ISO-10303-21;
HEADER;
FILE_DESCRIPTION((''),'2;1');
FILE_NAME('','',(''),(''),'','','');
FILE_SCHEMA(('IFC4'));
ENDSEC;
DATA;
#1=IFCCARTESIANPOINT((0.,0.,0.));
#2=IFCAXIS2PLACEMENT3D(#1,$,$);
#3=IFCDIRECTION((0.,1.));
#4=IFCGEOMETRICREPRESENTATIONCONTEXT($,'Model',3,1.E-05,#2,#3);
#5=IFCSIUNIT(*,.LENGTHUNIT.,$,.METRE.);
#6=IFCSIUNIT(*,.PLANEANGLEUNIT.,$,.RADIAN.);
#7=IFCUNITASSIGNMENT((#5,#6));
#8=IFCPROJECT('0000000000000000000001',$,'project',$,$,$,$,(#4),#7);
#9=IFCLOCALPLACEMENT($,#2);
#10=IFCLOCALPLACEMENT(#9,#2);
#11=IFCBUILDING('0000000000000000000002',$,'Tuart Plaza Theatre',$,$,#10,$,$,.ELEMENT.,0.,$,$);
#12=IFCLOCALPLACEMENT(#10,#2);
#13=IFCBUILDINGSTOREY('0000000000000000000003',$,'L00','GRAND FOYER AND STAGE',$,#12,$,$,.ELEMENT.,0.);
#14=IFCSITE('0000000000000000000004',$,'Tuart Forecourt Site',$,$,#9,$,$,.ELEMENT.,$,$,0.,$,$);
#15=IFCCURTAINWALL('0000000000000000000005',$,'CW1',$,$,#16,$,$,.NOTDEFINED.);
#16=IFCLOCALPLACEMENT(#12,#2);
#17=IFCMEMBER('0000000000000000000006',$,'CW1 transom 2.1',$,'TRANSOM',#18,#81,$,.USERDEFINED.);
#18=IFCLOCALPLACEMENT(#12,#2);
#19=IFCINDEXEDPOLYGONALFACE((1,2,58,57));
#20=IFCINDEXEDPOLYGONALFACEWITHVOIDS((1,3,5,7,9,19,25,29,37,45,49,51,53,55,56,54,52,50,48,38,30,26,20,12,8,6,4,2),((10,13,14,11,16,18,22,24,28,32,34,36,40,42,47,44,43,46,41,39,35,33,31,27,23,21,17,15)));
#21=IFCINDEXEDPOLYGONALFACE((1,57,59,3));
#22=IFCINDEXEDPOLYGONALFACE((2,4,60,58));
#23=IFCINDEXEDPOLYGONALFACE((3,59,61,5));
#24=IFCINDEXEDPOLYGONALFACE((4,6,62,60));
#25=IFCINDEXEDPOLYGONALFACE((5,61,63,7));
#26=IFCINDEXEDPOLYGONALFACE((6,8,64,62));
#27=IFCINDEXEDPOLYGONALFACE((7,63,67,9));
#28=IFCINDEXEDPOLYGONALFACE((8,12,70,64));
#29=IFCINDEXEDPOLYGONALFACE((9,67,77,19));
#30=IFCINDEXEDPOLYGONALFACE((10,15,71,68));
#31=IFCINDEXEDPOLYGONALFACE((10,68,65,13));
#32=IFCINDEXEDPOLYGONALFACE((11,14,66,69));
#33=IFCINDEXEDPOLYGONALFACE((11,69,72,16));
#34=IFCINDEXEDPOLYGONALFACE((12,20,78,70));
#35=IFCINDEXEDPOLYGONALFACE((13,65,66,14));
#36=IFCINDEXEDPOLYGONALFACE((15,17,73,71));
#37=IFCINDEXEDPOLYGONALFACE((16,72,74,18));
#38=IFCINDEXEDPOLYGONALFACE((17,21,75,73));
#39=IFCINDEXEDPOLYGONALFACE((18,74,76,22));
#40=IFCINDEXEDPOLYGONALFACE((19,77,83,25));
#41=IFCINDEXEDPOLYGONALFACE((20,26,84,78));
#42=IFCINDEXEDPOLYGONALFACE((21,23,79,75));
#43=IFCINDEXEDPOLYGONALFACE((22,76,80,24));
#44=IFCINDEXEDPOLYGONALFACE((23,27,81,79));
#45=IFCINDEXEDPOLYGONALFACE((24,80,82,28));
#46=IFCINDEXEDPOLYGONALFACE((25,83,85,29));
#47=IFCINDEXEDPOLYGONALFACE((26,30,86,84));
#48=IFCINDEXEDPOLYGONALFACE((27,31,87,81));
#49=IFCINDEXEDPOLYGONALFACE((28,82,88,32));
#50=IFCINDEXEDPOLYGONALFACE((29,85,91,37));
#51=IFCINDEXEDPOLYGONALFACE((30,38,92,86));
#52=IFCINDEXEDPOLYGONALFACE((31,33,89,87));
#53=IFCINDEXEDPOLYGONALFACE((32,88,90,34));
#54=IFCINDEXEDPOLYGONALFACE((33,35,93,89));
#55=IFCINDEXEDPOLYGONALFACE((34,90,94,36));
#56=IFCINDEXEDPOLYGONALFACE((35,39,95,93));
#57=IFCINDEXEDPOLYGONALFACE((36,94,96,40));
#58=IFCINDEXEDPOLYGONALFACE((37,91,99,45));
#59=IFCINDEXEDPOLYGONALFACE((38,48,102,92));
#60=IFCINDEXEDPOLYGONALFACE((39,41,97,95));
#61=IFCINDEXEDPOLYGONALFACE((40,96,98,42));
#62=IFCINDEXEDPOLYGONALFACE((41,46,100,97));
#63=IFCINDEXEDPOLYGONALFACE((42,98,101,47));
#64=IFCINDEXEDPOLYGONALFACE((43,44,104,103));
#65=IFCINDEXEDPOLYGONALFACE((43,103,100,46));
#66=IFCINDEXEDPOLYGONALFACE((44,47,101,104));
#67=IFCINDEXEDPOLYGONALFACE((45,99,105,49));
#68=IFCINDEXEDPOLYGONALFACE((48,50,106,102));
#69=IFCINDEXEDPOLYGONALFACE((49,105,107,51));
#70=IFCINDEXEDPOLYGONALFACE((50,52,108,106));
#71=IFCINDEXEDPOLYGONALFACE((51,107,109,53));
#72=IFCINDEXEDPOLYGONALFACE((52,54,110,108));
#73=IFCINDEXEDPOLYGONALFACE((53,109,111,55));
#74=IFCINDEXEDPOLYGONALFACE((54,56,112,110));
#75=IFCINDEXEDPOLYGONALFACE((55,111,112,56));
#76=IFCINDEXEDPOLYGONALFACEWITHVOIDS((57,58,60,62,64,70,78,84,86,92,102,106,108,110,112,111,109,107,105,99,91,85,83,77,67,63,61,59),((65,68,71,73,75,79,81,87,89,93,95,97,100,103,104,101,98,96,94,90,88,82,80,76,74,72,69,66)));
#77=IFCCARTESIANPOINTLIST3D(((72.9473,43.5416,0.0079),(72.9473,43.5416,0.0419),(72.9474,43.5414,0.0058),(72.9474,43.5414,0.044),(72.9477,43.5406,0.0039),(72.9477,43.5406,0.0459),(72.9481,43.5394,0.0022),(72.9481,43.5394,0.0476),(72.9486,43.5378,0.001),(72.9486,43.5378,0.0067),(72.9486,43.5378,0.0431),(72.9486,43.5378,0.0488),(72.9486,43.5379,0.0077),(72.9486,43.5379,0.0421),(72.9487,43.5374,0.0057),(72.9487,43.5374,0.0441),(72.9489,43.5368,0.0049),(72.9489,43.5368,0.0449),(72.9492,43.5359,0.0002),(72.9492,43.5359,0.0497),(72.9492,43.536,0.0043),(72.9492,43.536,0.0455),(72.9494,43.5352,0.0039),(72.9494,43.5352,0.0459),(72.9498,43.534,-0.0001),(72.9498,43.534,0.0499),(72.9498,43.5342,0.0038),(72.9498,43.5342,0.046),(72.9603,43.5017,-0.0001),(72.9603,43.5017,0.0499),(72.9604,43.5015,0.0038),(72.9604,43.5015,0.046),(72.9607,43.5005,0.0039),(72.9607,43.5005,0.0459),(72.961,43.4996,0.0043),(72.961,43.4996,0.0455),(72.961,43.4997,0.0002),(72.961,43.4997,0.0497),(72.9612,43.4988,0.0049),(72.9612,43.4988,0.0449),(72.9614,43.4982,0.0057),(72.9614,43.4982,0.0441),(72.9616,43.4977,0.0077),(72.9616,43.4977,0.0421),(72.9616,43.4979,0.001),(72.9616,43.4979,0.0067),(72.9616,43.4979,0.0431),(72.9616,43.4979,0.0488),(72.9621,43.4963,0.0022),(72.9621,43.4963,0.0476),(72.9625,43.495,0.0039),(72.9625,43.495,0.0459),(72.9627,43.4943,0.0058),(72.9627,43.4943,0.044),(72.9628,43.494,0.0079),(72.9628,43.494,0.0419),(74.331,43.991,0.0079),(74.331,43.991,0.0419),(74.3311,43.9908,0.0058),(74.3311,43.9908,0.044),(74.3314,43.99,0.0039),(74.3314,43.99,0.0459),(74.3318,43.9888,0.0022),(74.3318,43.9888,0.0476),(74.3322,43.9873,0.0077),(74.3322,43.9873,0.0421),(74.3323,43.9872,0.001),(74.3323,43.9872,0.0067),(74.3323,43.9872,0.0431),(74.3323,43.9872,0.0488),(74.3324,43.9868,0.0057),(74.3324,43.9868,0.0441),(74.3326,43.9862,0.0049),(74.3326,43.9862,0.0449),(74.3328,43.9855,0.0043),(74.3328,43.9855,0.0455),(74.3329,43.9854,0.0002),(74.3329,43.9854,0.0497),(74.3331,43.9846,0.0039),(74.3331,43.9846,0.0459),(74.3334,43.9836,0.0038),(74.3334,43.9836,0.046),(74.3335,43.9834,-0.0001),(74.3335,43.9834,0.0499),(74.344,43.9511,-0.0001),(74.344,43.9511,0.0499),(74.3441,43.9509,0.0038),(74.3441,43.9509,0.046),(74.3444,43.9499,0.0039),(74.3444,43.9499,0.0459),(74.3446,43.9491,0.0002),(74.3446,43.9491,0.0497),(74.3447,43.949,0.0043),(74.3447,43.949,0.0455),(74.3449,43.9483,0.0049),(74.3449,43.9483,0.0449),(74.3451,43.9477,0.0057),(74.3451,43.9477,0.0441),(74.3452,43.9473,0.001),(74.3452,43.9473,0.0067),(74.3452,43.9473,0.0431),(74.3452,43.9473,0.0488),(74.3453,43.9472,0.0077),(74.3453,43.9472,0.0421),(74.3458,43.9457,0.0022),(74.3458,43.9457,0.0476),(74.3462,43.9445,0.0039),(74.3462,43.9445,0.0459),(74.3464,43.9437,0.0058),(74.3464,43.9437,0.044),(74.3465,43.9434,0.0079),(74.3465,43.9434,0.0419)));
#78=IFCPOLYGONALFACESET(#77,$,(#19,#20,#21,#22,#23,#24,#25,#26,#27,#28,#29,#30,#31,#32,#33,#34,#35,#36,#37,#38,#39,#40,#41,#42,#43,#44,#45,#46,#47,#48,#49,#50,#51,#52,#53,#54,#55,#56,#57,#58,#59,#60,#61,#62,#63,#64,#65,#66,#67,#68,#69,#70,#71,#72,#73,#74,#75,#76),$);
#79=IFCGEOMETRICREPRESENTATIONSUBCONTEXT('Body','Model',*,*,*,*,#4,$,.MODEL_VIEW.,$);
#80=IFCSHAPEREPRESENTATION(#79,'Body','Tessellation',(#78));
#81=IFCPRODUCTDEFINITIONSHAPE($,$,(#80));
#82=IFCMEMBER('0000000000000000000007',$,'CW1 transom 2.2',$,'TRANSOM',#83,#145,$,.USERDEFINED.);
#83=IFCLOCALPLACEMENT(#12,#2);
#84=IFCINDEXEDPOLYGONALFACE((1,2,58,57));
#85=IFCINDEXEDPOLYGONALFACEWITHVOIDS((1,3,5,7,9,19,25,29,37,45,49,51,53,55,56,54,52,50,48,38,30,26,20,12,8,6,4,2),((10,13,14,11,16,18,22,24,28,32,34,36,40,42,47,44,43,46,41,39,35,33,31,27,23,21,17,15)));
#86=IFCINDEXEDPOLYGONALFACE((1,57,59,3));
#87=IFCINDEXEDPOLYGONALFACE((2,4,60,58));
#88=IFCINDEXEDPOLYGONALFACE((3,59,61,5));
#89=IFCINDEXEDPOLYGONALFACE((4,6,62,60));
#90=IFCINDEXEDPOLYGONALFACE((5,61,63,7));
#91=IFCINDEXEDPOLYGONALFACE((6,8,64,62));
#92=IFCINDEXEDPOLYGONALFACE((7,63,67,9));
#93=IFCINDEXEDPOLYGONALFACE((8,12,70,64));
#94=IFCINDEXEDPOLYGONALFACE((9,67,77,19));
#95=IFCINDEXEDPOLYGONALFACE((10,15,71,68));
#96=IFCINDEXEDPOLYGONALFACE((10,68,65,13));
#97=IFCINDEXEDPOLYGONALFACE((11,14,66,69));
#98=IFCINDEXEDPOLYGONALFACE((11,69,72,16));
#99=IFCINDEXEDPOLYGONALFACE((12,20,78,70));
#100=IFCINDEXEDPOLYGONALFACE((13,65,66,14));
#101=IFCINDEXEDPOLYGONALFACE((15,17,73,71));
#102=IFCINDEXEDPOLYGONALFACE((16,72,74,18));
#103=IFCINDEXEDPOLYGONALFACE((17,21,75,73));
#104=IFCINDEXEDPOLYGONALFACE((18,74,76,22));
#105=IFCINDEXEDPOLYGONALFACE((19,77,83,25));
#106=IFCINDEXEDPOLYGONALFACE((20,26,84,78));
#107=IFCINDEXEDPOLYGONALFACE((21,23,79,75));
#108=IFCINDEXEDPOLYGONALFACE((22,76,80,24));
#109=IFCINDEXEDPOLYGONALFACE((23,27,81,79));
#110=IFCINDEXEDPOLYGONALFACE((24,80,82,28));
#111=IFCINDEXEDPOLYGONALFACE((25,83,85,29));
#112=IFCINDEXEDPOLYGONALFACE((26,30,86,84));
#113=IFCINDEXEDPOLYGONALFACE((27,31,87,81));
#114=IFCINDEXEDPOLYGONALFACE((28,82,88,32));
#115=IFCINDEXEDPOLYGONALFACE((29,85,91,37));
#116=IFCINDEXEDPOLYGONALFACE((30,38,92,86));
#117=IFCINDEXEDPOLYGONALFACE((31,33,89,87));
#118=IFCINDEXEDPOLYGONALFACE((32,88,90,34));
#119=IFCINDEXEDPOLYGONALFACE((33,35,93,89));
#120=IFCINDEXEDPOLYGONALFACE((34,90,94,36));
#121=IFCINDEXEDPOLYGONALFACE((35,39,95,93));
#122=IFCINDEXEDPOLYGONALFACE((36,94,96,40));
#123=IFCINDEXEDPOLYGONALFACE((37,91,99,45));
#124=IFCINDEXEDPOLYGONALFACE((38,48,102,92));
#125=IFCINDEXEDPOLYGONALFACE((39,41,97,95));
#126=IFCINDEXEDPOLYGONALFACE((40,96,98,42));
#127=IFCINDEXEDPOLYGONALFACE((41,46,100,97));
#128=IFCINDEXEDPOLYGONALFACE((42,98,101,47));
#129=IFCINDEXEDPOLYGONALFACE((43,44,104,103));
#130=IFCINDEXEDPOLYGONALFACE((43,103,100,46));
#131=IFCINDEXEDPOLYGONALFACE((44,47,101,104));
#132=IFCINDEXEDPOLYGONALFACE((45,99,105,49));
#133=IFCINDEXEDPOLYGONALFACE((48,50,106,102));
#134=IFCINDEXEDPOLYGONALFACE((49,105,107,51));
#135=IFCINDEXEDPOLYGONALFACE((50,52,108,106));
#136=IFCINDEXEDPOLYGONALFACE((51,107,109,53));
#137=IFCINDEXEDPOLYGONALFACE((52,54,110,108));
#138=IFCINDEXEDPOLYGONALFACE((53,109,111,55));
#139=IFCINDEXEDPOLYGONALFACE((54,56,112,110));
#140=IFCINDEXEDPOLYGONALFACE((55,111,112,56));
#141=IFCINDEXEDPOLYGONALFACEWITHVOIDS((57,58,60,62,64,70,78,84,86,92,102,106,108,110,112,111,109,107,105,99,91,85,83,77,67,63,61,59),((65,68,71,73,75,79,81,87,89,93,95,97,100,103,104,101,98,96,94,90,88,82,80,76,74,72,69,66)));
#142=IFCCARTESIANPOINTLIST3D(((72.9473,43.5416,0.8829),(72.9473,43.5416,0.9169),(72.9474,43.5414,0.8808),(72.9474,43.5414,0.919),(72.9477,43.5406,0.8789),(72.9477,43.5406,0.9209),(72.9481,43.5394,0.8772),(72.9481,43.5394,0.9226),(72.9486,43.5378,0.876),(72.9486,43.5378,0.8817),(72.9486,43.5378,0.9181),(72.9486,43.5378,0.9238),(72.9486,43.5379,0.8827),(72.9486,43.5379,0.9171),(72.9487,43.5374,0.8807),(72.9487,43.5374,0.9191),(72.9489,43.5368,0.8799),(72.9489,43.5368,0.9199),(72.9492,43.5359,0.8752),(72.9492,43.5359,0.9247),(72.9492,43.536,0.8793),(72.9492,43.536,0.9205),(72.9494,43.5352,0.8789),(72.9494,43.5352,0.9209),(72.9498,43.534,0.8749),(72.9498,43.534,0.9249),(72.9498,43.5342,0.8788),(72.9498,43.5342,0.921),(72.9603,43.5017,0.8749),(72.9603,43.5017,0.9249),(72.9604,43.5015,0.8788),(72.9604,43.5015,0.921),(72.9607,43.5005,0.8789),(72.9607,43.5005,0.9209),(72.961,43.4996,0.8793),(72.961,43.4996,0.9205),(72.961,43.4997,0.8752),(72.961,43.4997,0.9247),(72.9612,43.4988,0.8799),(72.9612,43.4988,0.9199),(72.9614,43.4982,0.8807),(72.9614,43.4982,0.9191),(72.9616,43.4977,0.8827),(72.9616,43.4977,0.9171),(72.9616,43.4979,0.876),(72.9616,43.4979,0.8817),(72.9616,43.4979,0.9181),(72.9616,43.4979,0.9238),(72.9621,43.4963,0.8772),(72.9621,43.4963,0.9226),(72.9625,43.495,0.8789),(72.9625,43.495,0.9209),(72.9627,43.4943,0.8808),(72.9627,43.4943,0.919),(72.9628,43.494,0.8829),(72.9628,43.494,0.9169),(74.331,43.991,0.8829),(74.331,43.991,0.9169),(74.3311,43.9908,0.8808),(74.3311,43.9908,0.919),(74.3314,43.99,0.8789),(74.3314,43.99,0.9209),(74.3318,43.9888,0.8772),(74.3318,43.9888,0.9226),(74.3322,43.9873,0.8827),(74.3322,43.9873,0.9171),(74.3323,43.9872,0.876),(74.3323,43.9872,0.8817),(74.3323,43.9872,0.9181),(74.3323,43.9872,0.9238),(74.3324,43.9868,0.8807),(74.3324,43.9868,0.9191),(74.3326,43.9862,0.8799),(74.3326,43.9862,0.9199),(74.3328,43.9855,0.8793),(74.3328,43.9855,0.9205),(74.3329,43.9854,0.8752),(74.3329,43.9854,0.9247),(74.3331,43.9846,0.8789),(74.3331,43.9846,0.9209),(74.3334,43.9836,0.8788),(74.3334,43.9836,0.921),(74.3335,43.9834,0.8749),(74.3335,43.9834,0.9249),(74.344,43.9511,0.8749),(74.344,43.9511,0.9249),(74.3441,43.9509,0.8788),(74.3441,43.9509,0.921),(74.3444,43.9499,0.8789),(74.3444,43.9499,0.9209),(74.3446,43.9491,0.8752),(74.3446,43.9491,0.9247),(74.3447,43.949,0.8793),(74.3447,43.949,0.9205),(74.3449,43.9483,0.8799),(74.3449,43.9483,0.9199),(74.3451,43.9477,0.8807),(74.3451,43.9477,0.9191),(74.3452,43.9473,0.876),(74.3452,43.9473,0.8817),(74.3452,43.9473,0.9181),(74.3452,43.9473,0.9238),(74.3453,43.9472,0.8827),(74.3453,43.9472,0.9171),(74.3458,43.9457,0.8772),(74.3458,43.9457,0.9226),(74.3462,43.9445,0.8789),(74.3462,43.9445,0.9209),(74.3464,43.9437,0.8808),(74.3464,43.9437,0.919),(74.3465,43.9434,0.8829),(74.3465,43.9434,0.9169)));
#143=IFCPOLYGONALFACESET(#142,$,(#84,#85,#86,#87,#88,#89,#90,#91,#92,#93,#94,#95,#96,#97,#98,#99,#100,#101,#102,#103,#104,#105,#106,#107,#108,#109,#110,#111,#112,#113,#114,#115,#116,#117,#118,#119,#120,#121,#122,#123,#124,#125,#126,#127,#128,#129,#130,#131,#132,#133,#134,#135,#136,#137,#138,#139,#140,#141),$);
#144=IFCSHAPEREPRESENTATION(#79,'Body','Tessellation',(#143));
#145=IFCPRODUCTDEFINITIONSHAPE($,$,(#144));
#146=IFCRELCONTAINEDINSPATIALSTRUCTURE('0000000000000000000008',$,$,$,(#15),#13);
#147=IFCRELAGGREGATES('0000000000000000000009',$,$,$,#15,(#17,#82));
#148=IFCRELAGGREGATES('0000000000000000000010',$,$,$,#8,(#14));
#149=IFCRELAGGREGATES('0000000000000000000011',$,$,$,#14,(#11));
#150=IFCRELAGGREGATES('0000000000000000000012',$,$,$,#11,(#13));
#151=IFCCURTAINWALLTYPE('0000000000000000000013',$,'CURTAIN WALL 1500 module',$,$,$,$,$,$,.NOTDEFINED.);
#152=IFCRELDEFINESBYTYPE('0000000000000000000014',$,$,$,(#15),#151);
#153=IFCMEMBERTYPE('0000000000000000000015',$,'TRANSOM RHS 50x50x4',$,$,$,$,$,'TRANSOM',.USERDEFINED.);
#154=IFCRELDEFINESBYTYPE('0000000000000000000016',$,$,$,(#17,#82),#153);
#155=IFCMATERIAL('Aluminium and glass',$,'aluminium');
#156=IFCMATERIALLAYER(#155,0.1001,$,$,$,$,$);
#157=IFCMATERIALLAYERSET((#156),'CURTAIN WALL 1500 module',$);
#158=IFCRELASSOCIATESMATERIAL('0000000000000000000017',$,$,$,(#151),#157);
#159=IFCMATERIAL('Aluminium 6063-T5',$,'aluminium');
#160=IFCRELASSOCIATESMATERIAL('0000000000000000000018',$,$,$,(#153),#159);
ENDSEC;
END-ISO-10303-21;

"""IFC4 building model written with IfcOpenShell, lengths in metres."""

from ifc_helpers import new_model, si_unit, direction, frame, origin, origin_2d, place, context, subcontext, project, spatial, hollow_rectangle, extrude, material, layer, layer_set, material_profile, profile_set, type_object, element, aggregate, save


model = new_model("IFC4")

# Units and contexts
model_context = context("Model", 3, precision=1e-05, world=origin(), true_north=direction((0.0, 1.0)))
body_context = subcontext(model_context, "Body", "Model", "MODEL_VIEW")
ifc_project = project(units=[si_unit("LENGTHUNIT", "METRE"), si_unit("PLANEANGLEUNIT", "RADIAN")], contexts=[model_context])

# Site, building, storey
site_placement = place(None, origin())
site = spatial("IfcSite", under=ifc_project, at=site_placement, Name="Tuart Forecourt Site", CompositionType="ELEMENT", RefElevation=0.0)
building_placement = place(site_placement, origin())
building = spatial("IfcBuilding", under=site, at=building_placement, Name="Tuart Plaza Theatre", CompositionType="ELEMENT", ElevationOfRefHeight=0.0)
storey_placement = place(building_placement, origin())
storey = spatial("IfcBuildingStorey", under=building, at=storey_placement, Name="L00", Description="GRAND FOYER AND STAGE", CompositionType="ELEMENT", Elevation=0.0)

# Curtain wall
ifc_material_1 = material(Name="Aluminium and glass", Category="aluminium")
ifc_layer_1 = layer(ifc_material_1, 0.1001)
ifc_layer_set_1 = layer_set([ifc_layer_1], Name="CURTAIN WALL 1500 module")
curtain_wall_type = type_object("IfcCurtainWallType", Name="CURTAIN WALL 1500 module", PredefinedType="NOTDEFINED", material=ifc_layer_set_1)
curtain_wall_1_placement = place(storey_placement, origin())
curtain_wall_1 = element("IfcCurtainWall", 1, at=curtain_wall_1_placement, inside=storey, type_object=curtain_wall_type, Name="CW1", PredefinedType="NOTDEFINED")

# Members
ifc_material_2 = material(Name="Aluminium 6063-T5", Category="aluminium")
ifc_material_profile_1 = material_profile(ifc_material_2, hollow_rectangle(XDim=0.05, YDim=0.05, WallThickness=0.0039, InnerFilletRadius=0.0039, OuterFilletRadius=0.0081, at=origin_2d()), Name="RHS 50x50x4")
ifc_profile_set_1 = profile_set([ifc_material_profile_1], Name="Aluminium 6063-T5")
member_type_1 = type_object("IfcMemberType", Name="TRANSOM RHS 50x50x4", ElementType="TRANSOM", PredefinedType="USERDEFINED", material=ifc_profile_set_1)
member_1_placement = place(storey_placement, frame((72.9551, 43.5178, 0.0249), z_axis=(0.951088, 0.308919, 0.0), x_axis=(-0.308919, 0.951088, 0.0)))
member_1 = element("IfcMember", 2, at=member_1_placement, type_object=member_type_1, Name="CW1 transom 2.1", ObjectType="TRANSOM", PredefinedType="USERDEFINED", context=body_context, shape_type="SweptSolid", body=[
    extrude(hollow_rectangle(XDim=0.05, YDim=0.05, WallThickness=0.0039, InnerFilletRadius=0.0039, OuterFilletRadius=0.0081, at=origin_2d()), origin(), (0.0, 0.0, 1.0), 1.4548),
])
member_2_placement = place(storey_placement, frame((72.9551, 43.5178, 0.8999), z_axis=(0.951088, 0.308919, 0.0), x_axis=(-0.308919, 0.951088, 0.0)))
member_2 = element("IfcMember", 3, at=member_2_placement, type_object=member_type_1, Name="CW1 transom 2.2", ObjectType="TRANSOM", PredefinedType="USERDEFINED", context=body_context, shape_type="SweptSolid", body=[
    extrude(hollow_rectangle(XDim=0.05, YDim=0.05, WallThickness=0.0039, InnerFilletRadius=0.0039, OuterFilletRadius=0.0081, at=origin_2d()), origin(), (0.0, 0.0, 1.0), 1.4548),
])

aggregate(curtain_wall_1, [member_1, member_2])

save(model, "model.ifc")
